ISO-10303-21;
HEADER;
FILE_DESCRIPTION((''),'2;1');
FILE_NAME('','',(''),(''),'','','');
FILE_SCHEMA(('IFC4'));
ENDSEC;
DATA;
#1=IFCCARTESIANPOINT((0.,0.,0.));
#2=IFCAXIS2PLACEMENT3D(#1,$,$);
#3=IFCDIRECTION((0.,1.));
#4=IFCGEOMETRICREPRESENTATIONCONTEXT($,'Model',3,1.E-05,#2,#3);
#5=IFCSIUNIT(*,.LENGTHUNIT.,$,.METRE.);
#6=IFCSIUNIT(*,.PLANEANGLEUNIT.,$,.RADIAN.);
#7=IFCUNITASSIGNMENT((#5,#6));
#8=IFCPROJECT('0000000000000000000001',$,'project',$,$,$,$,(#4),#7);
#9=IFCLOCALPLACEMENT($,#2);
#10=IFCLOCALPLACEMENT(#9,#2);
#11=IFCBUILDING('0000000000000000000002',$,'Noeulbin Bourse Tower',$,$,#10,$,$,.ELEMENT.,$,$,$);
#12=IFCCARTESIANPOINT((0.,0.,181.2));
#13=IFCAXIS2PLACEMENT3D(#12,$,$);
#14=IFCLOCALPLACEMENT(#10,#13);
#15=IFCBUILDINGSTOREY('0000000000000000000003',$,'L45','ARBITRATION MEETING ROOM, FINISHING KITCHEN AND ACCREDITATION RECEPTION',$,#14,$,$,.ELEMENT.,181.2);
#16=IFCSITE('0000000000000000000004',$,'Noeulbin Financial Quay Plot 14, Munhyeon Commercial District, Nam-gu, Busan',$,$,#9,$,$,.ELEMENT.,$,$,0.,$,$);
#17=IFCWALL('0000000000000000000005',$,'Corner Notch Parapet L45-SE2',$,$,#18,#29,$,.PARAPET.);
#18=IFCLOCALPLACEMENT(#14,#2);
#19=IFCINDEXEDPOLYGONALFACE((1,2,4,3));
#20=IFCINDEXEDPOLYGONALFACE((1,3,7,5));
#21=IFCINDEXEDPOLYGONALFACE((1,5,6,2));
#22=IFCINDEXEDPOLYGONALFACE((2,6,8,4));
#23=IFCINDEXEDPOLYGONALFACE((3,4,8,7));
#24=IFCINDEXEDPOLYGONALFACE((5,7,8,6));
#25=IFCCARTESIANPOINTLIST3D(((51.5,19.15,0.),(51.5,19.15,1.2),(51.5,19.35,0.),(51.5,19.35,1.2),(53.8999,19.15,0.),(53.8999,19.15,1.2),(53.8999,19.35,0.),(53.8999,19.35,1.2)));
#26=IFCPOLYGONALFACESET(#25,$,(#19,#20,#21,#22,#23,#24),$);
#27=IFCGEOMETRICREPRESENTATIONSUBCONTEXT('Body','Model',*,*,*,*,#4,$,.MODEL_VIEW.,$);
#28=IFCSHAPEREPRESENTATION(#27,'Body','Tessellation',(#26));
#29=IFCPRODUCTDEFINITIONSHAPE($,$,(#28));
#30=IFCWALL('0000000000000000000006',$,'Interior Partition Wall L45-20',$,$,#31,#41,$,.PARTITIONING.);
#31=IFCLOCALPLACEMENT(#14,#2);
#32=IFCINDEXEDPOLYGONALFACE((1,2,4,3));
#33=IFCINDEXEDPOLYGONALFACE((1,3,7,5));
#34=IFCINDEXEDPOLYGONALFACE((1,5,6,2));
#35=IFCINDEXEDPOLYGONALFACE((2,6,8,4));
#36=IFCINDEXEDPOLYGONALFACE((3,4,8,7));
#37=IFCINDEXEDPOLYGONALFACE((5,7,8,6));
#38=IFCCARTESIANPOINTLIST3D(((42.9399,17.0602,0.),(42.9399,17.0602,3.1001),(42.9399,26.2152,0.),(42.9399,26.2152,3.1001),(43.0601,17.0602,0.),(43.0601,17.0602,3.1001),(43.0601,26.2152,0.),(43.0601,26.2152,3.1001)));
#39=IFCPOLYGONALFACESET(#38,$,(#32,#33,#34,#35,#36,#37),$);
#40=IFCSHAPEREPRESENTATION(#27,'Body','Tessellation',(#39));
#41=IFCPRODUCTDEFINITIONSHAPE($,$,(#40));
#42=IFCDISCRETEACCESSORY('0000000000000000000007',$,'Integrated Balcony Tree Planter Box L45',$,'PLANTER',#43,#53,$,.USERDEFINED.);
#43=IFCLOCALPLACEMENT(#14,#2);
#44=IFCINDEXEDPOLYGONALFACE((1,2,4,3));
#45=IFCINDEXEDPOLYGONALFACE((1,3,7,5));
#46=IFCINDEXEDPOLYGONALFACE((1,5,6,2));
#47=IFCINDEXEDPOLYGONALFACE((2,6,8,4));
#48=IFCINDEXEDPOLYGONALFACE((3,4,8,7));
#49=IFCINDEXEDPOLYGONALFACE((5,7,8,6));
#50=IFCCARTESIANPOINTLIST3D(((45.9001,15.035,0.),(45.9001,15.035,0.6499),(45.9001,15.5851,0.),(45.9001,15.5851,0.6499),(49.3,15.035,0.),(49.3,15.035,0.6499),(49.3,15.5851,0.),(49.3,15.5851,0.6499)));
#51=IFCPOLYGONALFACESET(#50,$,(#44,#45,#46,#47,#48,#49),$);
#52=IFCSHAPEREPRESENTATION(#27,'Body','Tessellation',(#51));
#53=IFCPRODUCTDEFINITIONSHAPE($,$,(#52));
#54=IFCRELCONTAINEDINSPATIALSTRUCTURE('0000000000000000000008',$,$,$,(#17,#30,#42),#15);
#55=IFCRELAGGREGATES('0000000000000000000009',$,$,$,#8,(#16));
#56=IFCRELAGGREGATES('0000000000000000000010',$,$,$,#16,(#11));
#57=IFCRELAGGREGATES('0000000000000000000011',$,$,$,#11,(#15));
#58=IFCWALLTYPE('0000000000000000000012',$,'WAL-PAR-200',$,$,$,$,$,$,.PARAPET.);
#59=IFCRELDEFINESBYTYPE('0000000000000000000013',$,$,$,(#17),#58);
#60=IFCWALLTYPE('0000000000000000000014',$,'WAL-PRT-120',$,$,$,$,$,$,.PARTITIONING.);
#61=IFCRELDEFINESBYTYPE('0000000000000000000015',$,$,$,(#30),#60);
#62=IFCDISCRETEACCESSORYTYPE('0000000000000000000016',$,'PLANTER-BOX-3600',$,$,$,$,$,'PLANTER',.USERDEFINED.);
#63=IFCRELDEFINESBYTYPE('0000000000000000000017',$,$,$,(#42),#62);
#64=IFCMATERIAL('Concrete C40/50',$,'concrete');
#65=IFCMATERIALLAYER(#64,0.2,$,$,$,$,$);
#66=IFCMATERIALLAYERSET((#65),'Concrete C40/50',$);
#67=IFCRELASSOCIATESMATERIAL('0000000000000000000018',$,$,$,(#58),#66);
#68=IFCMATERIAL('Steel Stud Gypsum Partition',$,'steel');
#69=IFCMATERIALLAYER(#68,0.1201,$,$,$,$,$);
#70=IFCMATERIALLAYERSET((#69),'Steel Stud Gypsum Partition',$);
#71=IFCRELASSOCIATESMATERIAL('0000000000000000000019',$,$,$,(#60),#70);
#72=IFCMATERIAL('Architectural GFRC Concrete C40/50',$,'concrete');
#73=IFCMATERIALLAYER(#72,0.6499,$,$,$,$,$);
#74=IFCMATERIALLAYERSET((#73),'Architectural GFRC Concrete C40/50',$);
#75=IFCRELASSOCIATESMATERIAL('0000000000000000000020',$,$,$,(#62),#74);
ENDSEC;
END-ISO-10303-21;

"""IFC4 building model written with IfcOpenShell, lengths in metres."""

from ifc_helpers import new_model, si_unit, direction, frame, frame_2d, origin, origin_2d, place, context, subcontext, project, spatial, rectangle, extrude, material, layer, layer_set, type_object, element, save


model = new_model("IFC4")

# Units and contexts
model_context = context("Model", 3, precision=1e-05, world=origin(), true_north=direction((0.0, 1.0)))
body_context = subcontext(model_context, "Body", "Model", "MODEL_VIEW")
ifc_project = project(units=[si_unit("LENGTHUNIT", "METRE"), si_unit("PLANEANGLEUNIT", "RADIAN")], contexts=[model_context])

# Site, building, storey
site_placement = place(None, origin())
site = spatial("IfcSite", under=ifc_project, at=site_placement, Name="Noeulbin Financial Quay Plot 14, Munhyeon Commercial District, Nam-gu, Busan", CompositionType="ELEMENT", RefElevation=0.0)
building_placement = place(site_placement, origin())
building = spatial("IfcBuilding", under=site, at=building_placement, Name="Noeulbin Bourse Tower", CompositionType="ELEMENT")
storey_placement = place(building_placement, frame((0.0, 0.0, 181.2)))
storey = spatial("IfcBuildingStorey", under=building, at=storey_placement, Name="L45", Description="ARBITRATION MEETING ROOM, FINISHING KITCHEN AND ACCREDITATION RECEPTION", CompositionType="ELEMENT", Elevation=181.2)

# Walls
ifc_material_1 = material(Name="Concrete C40/50", Category="concrete")
ifc_layer_1 = layer(ifc_material_1, 0.2)
ifc_layer_set_1 = layer_set([ifc_layer_1], Name="Concrete C40/50")
wall_type_1 = type_object("IfcWallType", Name="WAL-PAR-200", PredefinedType="PARAPET", material=ifc_layer_set_1)
for number, where, z_axis, x_axis, name in (
    (1, (51.5, 19.25, 0.0), (0.0, 0.0, 1.0), (1.0, 0.0, 0.0), "Corner Notch Parapet L45-SE2"),
):
    element("IfcWall", number, at=place(storey_placement, frame(where, z_axis=z_axis, x_axis=x_axis)), inside=storey, type_object=wall_type_1, Name=name, PredefinedType="PARAPET", context=body_context, shape_type="SweptSolid", body=[
        extrude(rectangle(XDim=2.3999, YDim=0.2, at=frame_2d((1.2, 0.0))), origin(), (0.0, 0.0, 1.0), 1.2),
    ])
ifc_material_2 = material(Name="Steel Stud Gypsum Partition", Category="steel")
ifc_layer_2 = layer(ifc_material_2, 0.1201)
ifc_layer_set_2 = layer_set([ifc_layer_2], Name="Steel Stud Gypsum Partition")
wall_type_2 = type_object("IfcWallType", Name="WAL-PRT-120", PredefinedType="PARTITIONING", material=ifc_layer_set_2)
wall_1_placement = place(storey_placement, frame((43.0, 17.0601, 0.0), z_axis=(0.0, 0.0, 1.0), x_axis=(0.0, 1.0, 0.0)))
element("IfcWall", 2, at=wall_1_placement, inside=storey, type_object=wall_type_2, Name="Interior Partition Wall L45-20", PredefinedType="PARTITIONING", context=body_context, shape_type="SweptSolid", body=[
    extrude(rectangle(XDim=9.155, YDim=0.1201, at=frame_2d((4.5776, 0.0))), origin(), (0.0, 0.0, 1.0), 3.1001),
])

# Discrete accessory
ifc_material_3 = material(Name="Architectural GFRC Concrete C40/50", Category="concrete")
ifc_layer_3 = layer(ifc_material_3, 0.6499)
ifc_layer_set_3 = layer_set([ifc_layer_3], Name="Architectural GFRC Concrete C40/50")
discrete_accessory_type = type_object("IfcDiscreteAccessoryType", Name="PLANTER-BOX-3600", ElementType="PLANTER", PredefinedType="USERDEFINED", material=ifc_layer_set_3)
discrete_accessory_placement = place(storey_placement, frame((47.6001, 15.3101, 0.0), z_axis=(0.0, 0.0, 1.0), x_axis=(1.0, 0.0, 0.0)))
element("IfcDiscreteAccessory", 3, at=discrete_accessory_placement, inside=storey, type_object=discrete_accessory_type, Name="Integrated Balcony Tree Planter Box L45", ObjectType="PLANTER", PredefinedType="USERDEFINED", context=body_context, shape_type="SweptSolid", body=[
    extrude(rectangle(XDim=3.3999, YDim=0.55, at=origin_2d()), origin(), (0.0, 0.0, 1.0), 0.6499),
])

save(model, "model.ifc")
